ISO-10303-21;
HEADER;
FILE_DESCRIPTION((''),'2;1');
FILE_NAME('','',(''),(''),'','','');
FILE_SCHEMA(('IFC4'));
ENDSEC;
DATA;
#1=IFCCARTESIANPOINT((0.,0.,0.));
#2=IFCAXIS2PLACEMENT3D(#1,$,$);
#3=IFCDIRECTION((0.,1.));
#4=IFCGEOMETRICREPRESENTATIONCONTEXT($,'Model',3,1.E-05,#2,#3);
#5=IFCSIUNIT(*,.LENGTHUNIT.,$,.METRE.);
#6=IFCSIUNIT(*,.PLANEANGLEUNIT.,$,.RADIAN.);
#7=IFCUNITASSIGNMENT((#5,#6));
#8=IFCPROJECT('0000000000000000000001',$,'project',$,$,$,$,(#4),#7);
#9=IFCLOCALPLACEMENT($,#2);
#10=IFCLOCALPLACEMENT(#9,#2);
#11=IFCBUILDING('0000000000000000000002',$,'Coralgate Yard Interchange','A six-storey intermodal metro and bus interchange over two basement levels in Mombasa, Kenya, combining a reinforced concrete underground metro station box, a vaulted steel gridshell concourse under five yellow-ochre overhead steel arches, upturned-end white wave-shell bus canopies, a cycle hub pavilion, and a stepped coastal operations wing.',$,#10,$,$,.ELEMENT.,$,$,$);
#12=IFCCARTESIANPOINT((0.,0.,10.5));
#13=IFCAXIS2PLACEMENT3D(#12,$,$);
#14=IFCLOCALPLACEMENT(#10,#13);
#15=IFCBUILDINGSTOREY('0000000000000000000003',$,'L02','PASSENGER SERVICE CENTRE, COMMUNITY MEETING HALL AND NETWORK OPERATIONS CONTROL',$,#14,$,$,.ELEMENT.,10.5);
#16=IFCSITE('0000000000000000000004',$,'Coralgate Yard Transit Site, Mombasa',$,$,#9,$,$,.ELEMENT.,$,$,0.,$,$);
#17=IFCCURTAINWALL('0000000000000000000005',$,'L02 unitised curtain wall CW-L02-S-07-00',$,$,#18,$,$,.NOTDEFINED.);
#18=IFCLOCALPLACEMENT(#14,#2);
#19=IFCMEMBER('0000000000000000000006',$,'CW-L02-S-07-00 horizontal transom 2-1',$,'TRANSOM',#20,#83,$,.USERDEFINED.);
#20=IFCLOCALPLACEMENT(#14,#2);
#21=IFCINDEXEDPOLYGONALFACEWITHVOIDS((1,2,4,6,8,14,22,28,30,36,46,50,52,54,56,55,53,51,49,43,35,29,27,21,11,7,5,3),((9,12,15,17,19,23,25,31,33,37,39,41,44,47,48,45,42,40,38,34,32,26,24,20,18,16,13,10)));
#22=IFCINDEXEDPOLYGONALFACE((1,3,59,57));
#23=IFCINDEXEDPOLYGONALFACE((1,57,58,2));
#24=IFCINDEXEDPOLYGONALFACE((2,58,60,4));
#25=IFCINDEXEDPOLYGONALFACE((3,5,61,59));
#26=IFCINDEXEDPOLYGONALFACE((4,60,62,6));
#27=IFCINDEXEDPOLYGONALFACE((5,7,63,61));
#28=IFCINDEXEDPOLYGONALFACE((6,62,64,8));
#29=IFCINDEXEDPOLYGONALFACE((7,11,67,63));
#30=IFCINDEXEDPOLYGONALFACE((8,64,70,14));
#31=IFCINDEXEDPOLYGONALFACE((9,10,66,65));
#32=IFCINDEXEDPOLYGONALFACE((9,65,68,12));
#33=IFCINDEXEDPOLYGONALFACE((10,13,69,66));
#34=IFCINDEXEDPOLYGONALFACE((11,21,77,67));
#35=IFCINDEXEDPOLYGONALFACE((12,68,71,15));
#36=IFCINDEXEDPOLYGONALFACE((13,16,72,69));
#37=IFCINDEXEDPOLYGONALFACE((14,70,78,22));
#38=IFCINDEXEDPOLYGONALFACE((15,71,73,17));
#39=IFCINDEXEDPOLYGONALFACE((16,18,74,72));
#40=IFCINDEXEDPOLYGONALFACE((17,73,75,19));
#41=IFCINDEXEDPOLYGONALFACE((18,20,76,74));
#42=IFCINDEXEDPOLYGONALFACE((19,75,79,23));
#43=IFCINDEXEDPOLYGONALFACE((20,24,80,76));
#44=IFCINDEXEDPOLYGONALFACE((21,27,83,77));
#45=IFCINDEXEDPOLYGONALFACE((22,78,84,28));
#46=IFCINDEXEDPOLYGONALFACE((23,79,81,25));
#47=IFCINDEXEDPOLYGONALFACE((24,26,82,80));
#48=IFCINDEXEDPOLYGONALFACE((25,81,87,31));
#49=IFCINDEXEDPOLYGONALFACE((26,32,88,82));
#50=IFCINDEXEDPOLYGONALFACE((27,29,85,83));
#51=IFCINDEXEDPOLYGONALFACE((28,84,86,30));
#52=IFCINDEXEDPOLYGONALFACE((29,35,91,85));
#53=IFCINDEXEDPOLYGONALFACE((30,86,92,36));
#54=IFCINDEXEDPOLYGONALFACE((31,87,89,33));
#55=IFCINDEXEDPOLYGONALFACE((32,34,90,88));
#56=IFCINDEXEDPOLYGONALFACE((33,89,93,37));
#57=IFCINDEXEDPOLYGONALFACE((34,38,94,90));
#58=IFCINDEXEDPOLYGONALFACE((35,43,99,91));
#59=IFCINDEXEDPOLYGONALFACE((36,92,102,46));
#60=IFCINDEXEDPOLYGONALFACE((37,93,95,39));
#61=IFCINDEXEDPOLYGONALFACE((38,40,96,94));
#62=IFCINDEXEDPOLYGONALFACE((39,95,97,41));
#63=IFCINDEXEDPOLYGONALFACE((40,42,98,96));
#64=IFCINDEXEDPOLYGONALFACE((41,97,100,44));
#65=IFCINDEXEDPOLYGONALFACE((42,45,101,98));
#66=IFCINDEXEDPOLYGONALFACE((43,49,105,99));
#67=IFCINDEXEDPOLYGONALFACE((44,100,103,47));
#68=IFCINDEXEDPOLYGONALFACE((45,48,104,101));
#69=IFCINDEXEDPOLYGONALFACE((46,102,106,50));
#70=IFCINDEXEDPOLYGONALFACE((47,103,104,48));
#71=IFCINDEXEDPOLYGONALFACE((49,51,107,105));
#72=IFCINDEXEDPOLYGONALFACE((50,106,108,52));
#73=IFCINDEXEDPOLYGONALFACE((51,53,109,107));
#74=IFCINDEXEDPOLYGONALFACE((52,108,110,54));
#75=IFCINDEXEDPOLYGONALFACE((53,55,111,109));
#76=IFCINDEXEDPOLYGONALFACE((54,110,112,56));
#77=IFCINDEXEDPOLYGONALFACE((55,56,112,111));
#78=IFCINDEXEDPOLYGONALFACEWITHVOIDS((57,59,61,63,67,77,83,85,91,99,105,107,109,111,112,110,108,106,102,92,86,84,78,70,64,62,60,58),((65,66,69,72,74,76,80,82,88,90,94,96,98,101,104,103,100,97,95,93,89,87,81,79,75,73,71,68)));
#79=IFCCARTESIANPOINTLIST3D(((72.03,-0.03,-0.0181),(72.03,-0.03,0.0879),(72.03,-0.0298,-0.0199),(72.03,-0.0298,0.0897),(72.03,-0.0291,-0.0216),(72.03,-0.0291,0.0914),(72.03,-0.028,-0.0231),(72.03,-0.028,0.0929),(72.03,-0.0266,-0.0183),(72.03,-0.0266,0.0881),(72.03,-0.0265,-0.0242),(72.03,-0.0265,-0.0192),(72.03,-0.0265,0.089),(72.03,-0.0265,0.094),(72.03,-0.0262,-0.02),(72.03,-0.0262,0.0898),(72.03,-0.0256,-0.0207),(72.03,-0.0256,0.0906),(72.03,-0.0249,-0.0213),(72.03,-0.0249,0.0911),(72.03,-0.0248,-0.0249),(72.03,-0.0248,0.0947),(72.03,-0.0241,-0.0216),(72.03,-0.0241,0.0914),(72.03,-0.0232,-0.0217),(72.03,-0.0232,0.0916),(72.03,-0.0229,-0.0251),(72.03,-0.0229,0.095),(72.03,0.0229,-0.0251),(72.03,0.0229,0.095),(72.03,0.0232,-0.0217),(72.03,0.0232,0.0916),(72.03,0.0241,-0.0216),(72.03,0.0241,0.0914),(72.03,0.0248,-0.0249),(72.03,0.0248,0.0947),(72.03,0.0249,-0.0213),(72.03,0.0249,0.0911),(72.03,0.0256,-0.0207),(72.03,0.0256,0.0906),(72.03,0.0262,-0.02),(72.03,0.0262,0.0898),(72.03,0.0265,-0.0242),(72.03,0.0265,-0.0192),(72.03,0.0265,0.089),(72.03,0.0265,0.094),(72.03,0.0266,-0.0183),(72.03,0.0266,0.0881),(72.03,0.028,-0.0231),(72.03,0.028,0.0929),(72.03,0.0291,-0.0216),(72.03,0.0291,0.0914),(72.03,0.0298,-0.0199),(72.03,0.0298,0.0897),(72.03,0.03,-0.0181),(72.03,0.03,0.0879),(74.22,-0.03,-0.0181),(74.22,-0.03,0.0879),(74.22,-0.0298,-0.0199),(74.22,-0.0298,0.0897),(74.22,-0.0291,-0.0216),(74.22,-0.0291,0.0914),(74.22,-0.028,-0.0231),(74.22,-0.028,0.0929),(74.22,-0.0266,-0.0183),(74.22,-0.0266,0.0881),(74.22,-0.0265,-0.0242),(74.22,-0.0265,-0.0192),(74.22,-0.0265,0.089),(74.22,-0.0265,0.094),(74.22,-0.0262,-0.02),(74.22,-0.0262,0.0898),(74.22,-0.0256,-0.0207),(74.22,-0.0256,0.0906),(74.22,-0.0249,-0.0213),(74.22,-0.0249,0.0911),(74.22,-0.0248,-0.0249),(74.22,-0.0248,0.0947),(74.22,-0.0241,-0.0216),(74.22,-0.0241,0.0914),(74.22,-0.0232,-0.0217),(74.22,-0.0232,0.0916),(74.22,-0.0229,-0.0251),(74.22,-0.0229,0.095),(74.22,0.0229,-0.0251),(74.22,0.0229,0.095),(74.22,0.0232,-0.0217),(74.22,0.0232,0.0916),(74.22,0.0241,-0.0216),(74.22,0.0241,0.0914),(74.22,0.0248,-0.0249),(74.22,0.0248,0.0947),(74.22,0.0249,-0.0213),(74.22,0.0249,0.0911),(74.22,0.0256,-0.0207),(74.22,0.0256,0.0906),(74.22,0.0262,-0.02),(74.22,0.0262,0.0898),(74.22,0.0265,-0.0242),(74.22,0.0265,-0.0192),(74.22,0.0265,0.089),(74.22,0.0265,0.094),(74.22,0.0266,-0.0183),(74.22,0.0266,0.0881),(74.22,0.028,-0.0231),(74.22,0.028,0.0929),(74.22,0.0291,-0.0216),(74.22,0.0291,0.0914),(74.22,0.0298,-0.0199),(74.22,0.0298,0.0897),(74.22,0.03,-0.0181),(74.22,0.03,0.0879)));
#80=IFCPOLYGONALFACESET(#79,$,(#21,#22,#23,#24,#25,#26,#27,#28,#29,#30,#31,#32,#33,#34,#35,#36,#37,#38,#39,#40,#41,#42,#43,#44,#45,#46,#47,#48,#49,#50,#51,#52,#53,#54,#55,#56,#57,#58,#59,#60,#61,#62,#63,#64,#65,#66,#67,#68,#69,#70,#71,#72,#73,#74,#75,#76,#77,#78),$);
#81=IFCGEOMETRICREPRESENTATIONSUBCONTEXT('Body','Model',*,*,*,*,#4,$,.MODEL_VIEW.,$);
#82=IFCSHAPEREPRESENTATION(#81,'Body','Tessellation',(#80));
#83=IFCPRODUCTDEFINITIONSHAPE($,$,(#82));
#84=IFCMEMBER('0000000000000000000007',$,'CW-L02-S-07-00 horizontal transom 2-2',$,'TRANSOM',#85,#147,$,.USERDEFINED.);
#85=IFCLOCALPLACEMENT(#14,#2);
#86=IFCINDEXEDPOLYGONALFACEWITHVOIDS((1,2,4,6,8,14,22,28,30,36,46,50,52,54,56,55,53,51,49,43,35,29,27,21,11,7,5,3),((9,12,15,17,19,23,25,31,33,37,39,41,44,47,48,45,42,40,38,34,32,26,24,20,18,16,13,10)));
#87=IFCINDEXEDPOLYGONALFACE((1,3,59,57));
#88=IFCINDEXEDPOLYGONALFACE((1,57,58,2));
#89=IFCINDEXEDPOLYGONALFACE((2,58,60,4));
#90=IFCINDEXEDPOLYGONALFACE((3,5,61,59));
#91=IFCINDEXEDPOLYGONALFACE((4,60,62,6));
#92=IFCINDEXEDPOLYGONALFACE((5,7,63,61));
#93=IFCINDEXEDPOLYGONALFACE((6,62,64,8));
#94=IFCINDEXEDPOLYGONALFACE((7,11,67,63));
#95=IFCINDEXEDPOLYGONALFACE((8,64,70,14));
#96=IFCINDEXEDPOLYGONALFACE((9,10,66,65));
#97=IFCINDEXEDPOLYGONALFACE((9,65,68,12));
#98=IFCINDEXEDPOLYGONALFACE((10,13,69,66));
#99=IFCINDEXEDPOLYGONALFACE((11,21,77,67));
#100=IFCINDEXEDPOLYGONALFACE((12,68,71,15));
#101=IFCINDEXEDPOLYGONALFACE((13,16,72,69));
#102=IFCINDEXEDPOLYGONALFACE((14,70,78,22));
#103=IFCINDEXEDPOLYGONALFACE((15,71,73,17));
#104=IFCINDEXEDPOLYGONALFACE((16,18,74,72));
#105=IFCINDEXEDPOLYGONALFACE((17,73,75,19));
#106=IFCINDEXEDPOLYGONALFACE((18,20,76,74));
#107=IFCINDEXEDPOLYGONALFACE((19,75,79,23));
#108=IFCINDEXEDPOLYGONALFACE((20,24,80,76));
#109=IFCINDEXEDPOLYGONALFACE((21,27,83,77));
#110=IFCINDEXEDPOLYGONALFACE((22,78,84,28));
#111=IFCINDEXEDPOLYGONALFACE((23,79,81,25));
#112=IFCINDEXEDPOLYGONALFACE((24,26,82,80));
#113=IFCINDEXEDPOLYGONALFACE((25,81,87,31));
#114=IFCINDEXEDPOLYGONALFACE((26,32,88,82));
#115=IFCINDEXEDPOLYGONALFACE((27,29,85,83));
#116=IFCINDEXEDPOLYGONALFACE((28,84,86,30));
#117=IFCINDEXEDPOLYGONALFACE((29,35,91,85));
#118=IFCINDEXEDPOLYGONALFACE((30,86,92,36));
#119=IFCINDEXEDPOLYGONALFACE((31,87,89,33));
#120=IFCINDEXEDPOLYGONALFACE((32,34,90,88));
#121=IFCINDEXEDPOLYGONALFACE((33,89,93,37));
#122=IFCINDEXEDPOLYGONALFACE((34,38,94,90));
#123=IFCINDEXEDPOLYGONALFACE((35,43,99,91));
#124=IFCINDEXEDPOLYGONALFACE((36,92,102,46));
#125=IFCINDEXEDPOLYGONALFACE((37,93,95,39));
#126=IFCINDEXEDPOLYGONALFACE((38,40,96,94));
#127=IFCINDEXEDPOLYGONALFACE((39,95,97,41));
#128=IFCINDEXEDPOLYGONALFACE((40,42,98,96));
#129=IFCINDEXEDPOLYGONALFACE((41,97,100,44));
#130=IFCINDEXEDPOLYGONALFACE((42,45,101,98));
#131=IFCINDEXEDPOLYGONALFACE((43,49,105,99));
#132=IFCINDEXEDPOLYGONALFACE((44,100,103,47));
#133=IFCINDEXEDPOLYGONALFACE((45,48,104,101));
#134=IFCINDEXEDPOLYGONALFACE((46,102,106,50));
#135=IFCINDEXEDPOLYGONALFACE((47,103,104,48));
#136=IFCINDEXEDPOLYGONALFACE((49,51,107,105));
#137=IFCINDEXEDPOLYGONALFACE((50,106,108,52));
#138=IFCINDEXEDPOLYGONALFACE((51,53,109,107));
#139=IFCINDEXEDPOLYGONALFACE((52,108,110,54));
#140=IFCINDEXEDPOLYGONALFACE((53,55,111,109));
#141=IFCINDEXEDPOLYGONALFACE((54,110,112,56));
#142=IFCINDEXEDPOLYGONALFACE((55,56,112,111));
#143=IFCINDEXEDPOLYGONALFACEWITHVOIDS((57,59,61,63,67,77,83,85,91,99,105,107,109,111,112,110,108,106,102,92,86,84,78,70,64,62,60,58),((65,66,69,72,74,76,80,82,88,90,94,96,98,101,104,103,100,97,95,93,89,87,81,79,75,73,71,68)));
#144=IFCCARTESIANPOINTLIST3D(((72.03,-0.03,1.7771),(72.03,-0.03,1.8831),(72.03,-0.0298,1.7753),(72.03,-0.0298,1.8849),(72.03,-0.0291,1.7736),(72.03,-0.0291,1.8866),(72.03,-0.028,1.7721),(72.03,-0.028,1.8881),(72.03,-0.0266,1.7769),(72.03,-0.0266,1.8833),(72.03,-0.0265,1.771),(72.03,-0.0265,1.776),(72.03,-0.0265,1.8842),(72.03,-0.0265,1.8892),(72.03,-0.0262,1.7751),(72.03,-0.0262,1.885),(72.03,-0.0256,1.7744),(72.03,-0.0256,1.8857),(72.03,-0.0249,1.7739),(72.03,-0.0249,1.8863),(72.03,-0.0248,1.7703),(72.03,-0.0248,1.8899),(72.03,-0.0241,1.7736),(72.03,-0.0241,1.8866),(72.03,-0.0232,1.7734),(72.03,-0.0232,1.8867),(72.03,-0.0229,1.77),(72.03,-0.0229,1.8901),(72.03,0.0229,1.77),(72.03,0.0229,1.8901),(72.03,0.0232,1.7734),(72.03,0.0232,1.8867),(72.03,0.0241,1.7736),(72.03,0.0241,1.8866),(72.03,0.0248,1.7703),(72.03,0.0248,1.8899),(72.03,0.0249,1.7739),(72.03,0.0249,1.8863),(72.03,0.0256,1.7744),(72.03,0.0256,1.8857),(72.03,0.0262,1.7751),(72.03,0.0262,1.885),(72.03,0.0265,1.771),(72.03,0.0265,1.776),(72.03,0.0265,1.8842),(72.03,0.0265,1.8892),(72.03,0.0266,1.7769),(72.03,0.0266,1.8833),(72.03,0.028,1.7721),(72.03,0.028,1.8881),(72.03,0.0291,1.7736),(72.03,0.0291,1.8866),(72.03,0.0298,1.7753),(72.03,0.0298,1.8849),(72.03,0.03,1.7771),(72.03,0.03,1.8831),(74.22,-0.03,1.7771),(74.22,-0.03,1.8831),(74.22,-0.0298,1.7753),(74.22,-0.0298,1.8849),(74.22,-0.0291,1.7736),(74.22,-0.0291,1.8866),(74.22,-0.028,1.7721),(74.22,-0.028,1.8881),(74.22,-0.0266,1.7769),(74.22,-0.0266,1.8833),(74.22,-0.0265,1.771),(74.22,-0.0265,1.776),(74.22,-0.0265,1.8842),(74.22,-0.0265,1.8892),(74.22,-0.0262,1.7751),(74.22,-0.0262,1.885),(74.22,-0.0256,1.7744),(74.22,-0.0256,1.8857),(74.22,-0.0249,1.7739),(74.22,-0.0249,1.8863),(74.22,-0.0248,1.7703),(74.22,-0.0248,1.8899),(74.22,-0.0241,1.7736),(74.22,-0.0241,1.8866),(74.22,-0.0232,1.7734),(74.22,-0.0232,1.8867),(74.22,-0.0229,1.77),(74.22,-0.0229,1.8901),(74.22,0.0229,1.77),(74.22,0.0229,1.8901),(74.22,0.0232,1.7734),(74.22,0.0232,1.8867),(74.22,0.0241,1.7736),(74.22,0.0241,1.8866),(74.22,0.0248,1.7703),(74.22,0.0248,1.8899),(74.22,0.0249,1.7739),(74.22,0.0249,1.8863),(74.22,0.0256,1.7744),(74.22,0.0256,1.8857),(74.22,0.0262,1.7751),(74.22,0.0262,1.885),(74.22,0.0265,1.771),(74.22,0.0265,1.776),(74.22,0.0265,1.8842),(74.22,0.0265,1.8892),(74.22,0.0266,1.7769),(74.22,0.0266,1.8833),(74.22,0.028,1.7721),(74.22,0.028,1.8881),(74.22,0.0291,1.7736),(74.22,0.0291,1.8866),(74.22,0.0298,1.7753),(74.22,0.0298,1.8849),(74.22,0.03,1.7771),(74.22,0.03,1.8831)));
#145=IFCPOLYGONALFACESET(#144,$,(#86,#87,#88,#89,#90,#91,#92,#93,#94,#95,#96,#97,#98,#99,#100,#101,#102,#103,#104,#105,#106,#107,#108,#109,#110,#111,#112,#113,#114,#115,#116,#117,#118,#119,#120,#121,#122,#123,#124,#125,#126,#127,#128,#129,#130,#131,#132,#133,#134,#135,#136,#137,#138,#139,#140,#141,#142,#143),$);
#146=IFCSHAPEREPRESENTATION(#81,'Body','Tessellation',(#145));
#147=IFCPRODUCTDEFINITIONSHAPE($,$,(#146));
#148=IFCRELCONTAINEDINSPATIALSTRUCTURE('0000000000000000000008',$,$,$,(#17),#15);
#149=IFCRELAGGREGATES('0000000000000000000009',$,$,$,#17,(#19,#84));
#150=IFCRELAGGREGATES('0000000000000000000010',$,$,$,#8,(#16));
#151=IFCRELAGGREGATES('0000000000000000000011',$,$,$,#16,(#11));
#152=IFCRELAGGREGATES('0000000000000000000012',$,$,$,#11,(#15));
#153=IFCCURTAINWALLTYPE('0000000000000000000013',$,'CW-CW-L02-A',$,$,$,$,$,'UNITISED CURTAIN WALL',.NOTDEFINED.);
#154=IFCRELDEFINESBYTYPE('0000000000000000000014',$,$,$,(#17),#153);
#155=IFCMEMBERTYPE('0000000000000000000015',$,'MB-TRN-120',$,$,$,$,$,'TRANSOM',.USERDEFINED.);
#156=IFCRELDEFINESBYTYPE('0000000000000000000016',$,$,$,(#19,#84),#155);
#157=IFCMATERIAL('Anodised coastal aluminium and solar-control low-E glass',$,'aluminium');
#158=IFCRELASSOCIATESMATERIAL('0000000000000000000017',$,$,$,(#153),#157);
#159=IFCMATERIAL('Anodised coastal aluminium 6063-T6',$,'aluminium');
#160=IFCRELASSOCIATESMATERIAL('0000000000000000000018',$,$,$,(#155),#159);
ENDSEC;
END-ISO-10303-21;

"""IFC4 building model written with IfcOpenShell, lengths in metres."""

from ifc_helpers import new_model, si_unit, direction, frame, origin, origin_2d, place, context, subcontext, project, spatial, hollow_rectangle, extrude, material, material_profile, profile_set, type_object, element, aggregate, save


model = new_model("IFC4")

# Units and contexts
model_context = context("Model", 3, precision=1e-05, world=origin(), true_north=direction((0.0, 1.0)))
body_context = subcontext(model_context, "Body", "Model", "MODEL_VIEW")
ifc_project = project(units=[si_unit("LENGTHUNIT", "METRE"), si_unit("PLANEANGLEUNIT", "RADIAN")], contexts=[model_context])

# Site, building, storey
site_placement = place(None, origin())
site = spatial("IfcSite", under=ifc_project, at=site_placement, Name="Coralgate Yard Transit Site, Mombasa", CompositionType="ELEMENT", RefElevation=0.0)
building_placement = place(site_placement, origin())
building = spatial("IfcBuilding", under=site, at=building_placement, Name="Coralgate Yard Interchange", Description="A six-storey intermodal metro and bus interchange over two basement levels in Mombasa, Kenya, combining a reinforced concrete underground metro station box, a vaulted steel gridshell concourse under five yellow-ochre overhead steel arches, upturned-end white wave-shell bus canopies, a cycle hub pavilion, and a stepped coastal operations wing.", CompositionType="ELEMENT")
storey_placement = place(building_placement, frame((0.0, 0.0, 10.5)))
storey = spatial("IfcBuildingStorey", under=building, at=storey_placement, Name="L02", Description="PASSENGER SERVICE CENTRE, COMMUNITY MEETING HALL AND NETWORK OPERATIONS CONTROL", CompositionType="ELEMENT", Elevation=10.5)

# Shared definitions
ifc_material_1 = material(Name="Anodised coastal aluminium and solar-control low-E glass", Category="aluminium")
curtain_wall_type = type_object("IfcCurtainWallType", Name="CW-CW-L02-A", ElementType="UNITISED CURTAIN WALL", PredefinedType="NOTDEFINED", material=ifc_material_1)
ifc_material_2 = material(Name="Anodised coastal aluminium 6063-T6", Category="aluminium")

# Curtain wall
curtain_wall_1_placement = place(storey_placement, origin())
curtain_wall_1 = element("IfcCurtainWall", 1, at=curtain_wall_1_placement, inside=storey, type_object=curtain_wall_type, Name="L02 unitised curtain wall CW-L02-S-07-00", PredefinedType="NOTDEFINED")

# Members
ifc_material_profile_1 = material_profile(ifc_material_2, hollow_rectangle(XDim=0.0601, YDim=0.1201, WallThickness=0.0034, InnerFilletRadius=0.0034, OuterFilletRadius=0.0071, at=origin_2d()), Name="ALU 60x120x3.5")
ifc_profile_set_1 = profile_set([ifc_material_profile_1], Name="Anodised coastal aluminium 6063-T6")
member_type_1 = type_object("IfcMemberType", Name="MB-TRN-120", ElementType="TRANSOM", PredefinedType="USERDEFINED", material=ifc_profile_set_1)
member_1_placement = place(storey_placement, frame((74.22, 0.0, 0.0349), z_axis=(-1.0, 0.0, 0.0), x_axis=(0.0, -1.0, 0.0)))
member_1 = element("IfcMember", 2, at=member_1_placement, type_object=member_type_1, Name="CW-L02-S-07-00 horizontal transom 2-1", ObjectType="TRANSOM", PredefinedType="USERDEFINED", context=body_context, shape_type="SweptSolid", body=[
    extrude(hollow_rectangle(XDim=0.0601, YDim=0.1201, WallThickness=0.0034, InnerFilletRadius=0.0034, OuterFilletRadius=0.0071, at=origin_2d()), origin(), (0.0, 0.0, 1.0), 2.1899),
])
member_2_placement = place(storey_placement, frame((74.22, 0.0, 1.8301), z_axis=(-1.0, 0.0, 0.0), x_axis=(0.0, -1.0, 0.0)))
member_2 = element("IfcMember", 3, at=member_2_placement, type_object=member_type_1, Name="CW-L02-S-07-00 horizontal transom 2-2", ObjectType="TRANSOM", PredefinedType="USERDEFINED", context=body_context, shape_type="SweptSolid", body=[
    extrude(hollow_rectangle(XDim=0.0601, YDim=0.1201, WallThickness=0.0034, InnerFilletRadius=0.0034, OuterFilletRadius=0.0071, at=origin_2d()), origin(), (0.0, 0.0, 1.0), 2.1899),
])

aggregate(curtain_wall_1, [member_1, member_2])

save(model, "model.ifc")
